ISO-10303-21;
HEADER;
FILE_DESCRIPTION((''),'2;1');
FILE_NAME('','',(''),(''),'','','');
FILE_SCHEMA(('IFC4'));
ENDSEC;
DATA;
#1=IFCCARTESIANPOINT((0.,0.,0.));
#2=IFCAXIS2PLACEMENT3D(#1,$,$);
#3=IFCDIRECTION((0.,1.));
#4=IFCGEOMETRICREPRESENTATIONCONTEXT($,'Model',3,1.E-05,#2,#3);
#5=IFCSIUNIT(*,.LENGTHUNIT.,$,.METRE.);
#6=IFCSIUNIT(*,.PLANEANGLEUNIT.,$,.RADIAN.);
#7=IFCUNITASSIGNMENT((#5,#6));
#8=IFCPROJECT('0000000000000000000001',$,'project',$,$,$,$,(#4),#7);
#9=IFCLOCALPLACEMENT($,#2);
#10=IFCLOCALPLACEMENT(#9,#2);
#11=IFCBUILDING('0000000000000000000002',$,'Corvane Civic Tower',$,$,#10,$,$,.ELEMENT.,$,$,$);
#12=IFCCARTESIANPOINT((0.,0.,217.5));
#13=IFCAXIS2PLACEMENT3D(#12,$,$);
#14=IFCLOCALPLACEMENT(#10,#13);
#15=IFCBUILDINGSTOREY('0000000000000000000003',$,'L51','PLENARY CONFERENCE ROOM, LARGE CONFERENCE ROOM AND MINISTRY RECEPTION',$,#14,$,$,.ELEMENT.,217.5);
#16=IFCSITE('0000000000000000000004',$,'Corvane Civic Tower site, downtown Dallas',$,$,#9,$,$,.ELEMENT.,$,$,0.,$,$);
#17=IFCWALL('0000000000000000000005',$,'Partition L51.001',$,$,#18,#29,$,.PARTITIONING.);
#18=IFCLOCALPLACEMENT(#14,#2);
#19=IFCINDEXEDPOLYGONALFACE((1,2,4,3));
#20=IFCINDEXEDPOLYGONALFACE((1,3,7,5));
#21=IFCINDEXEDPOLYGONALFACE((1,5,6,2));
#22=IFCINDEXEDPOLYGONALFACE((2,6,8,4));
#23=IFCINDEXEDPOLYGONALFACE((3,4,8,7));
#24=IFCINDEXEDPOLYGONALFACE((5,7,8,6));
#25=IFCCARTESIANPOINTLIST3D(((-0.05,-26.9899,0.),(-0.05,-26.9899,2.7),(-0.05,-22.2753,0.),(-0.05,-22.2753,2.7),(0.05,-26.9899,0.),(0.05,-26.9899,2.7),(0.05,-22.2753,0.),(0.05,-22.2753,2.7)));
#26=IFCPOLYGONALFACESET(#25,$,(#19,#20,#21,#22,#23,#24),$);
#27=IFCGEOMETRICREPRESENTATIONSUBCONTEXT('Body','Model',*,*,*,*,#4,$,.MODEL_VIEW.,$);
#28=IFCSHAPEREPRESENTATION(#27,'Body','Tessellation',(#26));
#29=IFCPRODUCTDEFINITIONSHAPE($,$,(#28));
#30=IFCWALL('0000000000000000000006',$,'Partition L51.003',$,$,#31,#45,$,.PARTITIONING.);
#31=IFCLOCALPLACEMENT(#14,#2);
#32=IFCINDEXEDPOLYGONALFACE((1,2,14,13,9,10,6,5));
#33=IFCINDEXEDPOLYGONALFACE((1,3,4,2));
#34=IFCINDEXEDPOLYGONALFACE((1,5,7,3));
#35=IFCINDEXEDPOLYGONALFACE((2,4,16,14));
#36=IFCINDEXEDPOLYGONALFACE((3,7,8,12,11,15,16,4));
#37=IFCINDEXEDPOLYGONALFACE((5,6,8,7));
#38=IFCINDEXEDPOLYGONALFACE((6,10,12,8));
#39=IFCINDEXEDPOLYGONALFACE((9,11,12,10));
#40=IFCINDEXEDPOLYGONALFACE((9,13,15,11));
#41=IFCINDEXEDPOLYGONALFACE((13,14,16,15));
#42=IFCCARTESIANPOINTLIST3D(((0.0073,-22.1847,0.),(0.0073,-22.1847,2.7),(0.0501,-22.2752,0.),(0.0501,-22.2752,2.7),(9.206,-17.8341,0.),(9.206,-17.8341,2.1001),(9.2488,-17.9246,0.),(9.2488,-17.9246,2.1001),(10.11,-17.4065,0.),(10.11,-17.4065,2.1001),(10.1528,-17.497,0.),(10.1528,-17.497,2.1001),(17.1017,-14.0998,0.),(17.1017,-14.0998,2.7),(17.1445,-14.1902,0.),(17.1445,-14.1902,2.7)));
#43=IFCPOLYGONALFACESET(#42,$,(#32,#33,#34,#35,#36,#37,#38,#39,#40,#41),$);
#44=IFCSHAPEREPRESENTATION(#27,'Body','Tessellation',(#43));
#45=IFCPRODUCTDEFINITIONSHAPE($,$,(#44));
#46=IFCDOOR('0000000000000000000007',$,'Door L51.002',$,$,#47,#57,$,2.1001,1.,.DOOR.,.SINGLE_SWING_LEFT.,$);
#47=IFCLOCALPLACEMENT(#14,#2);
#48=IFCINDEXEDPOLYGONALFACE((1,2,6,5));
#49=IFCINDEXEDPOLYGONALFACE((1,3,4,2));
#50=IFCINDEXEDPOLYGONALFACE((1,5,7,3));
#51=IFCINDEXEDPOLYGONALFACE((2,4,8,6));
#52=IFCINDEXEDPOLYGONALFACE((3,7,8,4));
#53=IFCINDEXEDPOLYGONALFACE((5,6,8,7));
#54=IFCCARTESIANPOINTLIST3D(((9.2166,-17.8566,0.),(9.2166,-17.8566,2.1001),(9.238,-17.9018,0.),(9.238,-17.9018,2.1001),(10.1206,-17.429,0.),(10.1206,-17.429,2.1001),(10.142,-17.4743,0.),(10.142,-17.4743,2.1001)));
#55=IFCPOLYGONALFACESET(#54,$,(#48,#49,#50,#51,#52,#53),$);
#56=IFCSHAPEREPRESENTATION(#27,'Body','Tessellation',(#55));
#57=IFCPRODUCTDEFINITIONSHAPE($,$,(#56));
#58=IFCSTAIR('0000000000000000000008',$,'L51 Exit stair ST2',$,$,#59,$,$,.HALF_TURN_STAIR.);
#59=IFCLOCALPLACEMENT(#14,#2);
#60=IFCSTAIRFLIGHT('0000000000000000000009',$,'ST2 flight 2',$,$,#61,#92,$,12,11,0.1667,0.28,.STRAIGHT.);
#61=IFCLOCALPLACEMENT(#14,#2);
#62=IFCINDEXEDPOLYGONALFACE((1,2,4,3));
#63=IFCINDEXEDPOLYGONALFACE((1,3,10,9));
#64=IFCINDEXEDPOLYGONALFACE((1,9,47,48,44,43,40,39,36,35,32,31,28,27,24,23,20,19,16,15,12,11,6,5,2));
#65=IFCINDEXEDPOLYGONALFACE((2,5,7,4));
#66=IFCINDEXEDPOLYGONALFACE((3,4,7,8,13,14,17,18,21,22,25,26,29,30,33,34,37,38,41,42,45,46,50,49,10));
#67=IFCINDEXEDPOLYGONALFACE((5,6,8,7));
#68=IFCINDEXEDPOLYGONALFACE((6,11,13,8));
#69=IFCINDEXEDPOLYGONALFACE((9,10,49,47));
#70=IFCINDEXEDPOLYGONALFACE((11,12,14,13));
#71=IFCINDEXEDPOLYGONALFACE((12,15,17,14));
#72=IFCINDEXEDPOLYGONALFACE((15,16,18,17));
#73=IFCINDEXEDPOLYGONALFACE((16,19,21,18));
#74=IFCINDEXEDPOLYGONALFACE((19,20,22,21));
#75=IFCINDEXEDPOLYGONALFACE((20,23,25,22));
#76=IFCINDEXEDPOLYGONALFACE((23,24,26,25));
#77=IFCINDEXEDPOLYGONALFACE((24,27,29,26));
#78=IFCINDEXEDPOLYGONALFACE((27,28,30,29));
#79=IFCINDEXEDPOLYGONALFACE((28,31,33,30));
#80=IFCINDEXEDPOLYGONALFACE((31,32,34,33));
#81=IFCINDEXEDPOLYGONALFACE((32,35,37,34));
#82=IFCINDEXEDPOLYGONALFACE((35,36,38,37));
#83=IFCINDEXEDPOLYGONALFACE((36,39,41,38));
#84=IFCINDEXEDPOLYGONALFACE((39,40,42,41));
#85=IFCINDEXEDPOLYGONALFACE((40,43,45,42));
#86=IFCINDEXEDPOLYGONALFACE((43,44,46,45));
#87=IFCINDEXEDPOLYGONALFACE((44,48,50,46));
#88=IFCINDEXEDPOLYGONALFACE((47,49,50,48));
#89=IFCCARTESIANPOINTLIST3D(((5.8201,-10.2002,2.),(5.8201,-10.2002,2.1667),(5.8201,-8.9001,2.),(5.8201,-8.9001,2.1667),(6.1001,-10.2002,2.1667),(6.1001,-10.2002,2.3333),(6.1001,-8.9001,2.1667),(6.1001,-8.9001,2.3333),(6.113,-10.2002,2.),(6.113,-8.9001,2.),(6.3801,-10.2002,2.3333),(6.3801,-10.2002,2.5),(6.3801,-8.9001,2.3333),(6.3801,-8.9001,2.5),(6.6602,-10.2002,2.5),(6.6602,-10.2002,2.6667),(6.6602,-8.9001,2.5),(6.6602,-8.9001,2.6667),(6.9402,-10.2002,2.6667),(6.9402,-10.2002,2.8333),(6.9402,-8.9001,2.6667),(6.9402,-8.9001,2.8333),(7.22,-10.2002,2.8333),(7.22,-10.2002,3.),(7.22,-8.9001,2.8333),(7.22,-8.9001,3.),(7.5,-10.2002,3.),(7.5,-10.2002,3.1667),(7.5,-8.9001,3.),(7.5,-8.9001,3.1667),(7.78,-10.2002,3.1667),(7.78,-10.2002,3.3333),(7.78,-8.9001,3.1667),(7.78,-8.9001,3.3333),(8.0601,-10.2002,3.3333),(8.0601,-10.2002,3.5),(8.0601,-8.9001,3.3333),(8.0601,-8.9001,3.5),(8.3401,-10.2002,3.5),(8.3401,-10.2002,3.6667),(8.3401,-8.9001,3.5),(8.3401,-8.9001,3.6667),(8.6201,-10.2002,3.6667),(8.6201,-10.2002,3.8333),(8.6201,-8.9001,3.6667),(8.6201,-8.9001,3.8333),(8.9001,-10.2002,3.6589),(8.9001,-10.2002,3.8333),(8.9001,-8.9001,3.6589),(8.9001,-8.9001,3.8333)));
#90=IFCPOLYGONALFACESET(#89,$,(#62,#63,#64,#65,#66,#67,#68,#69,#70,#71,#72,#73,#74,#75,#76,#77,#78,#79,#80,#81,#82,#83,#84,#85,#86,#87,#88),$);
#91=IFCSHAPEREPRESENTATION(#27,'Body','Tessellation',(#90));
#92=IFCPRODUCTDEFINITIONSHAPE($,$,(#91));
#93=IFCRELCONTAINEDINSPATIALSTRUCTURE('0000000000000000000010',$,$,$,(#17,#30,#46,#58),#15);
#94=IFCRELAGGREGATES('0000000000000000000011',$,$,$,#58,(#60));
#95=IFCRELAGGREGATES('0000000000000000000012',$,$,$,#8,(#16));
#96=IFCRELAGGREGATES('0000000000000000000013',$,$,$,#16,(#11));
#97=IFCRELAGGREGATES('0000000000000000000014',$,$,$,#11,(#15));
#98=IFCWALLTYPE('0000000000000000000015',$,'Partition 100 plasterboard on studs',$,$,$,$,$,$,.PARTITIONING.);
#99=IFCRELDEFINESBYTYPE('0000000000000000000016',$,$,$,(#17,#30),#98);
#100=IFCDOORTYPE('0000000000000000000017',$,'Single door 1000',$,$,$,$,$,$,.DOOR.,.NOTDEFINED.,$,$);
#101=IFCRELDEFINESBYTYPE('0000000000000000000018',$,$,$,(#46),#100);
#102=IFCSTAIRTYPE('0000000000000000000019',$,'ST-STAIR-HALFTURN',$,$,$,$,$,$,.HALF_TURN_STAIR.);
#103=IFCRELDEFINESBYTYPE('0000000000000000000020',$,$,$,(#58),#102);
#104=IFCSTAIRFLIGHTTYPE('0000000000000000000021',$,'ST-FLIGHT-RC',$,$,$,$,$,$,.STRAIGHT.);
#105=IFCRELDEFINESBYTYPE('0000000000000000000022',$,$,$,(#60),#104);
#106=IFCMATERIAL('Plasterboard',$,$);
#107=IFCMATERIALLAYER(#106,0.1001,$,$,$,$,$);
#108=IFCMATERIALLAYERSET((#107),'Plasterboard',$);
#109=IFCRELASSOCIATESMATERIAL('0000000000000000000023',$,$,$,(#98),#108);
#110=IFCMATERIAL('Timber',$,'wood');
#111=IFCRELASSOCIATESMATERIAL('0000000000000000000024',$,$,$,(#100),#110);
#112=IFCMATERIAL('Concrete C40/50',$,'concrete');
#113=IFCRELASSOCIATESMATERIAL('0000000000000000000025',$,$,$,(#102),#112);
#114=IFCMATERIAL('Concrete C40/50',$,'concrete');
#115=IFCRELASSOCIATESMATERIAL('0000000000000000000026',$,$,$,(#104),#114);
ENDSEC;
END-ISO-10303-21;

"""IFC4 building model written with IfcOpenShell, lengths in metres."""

from ifc_helpers import new_model, si_unit, direction, frame, frame_2d, origin, place, context, subcontext, project, spatial, polyline, rectangle, outline, extrude, material, layer, layer_set, type_object, element, fill, aggregate, save


model = new_model("IFC4")

# Units and contexts
model_context = context("Model", 3, precision=1e-05, world=origin(), true_north=direction((0.0, 1.0)))
body_context = subcontext(model_context, "Body", "Model", "MODEL_VIEW")
ifc_project = project(units=[si_unit("LENGTHUNIT", "METRE"), si_unit("PLANEANGLEUNIT", "RADIAN")], contexts=[model_context])

# Site, building, storey
site_placement = place(None, origin())
site = spatial("IfcSite", under=ifc_project, at=site_placement, Name="Corvane Civic Tower site, downtown Dallas", CompositionType="ELEMENT", RefElevation=0.0)
building_placement = place(site_placement, origin())
building = spatial("IfcBuilding", under=site, at=building_placement, Name="Corvane Civic Tower", CompositionType="ELEMENT")
storey_placement = place(building_placement, frame((0.0, 0.0, 217.5)))
storey = spatial("IfcBuildingStorey", under=building, at=storey_placement, Name="L51", Description="PLENARY CONFERENCE ROOM, LARGE CONFERENCE ROOM AND MINISTRY RECEPTION", CompositionType="ELEMENT", Elevation=217.5)

# Wall
ifc_material_1 = material(Name="Plasterboard")
ifc_layer_1 = layer(ifc_material_1, 0.1001)
ifc_layer_set_1 = layer_set([ifc_layer_1], Name="Plasterboard")
wall_type_1 = type_object("IfcWallType", Name="Partition 100 plasterboard on studs", PredefinedType="PARTITIONING", material=ifc_layer_set_1)
wall_1_placement = place(storey_placement, frame((0.0, -26.99, 0.0), z_axis=(0.0, 0.0, 1.0), x_axis=(0.0, 1.0, 0.0)))
element("IfcWall", 1, at=wall_1_placement, inside=storey, type_object=wall_type_1, Name="Partition L51.001", PredefinedType="PARTITIONING", context=body_context, shape_type="SweptSolid", body=[
    extrude(rectangle(XDim=4.7146, YDim=0.1001, at=frame_2d((2.3574, 0.0))), origin(), (0.0, 0.0, 1.0), 2.7),
])

# Wall, opening, door
wall_2_placement = place(storey_placement, frame((0.0286, -22.23, 0.0), z_axis=(0.0, 0.0, 1.0), x_axis=(0.903992, 0.42755, 0.0)))
wall_2 = element("IfcWall", 2, at=wall_2_placement, inside=storey, type_object=wall_type_1, Name="Partition L51.003", PredefinedType="PARTITIONING", context=body_context, shape_type="SweptSolid", body=[
    extrude(rectangle(XDim=18.9099, YDim=0.1001, at=frame_2d((9.4551, 0.0))), origin(), (0.0, 0.0, 1.0), 2.7),
])
opening_1_placement = place(wall_2_placement, frame((10.1758, 0.0, 0.0)))
opening_1 = element("IfcOpeningElement", 3, at=opening_1_placement, cuts=wall_2, PredefinedType="OPENING", context=body_context, shape_type="SweptSolid", body=[
    extrude(rectangle(XDim=1.0, YDim=2.1001, at=frame_2d((0.5, 1.05))), frame((0.0, 0.0601, 0.0), z_axis=(0.0, -1.0, 0.0), x_axis=(1.0, 0.0, 0.0)), (0.0, 0.0, 1.0), 0.1201),
])
ifc_material_2 = material(Name="Timber", Category="wood")
door_type_1 = type_object("IfcDoorType", Name="Single door 1000", OperationType="NOTDEFINED", PredefinedType="DOOR", material=ifc_material_2)
door_1_placement = place(opening_1_placement, frame((1.0, 0.0, 0.0), z_axis=(0.0, 0.0, 1.0), x_axis=(-1.0, 0.0, 0.0)))
door_1 = element("IfcDoor", 4, at=door_1_placement, inside=storey, type_object=door_type_1, Name="Door L51.002", OperationType="SINGLE_SWING_LEFT", OverallHeight=2.1001, OverallWidth=1.0, PredefinedType="DOOR", context=body_context, shape_type="SweptSolid", body=[
    extrude(rectangle(XDim=1.0, YDim=2.1001, at=frame_2d((0.5, 1.05))), frame((0.0, 0.0249, 0.0), z_axis=(0.0, -1.0, 0.0), x_axis=(1.0, 0.0, 0.0)), (0.0, 0.0, 1.0), 0.05),
])
fill(opening_1, door_1)

# Stair, stair flight
ifc_material_3 = material(Name="Concrete C40/50", Category="concrete")
stair_type = type_object("IfcStairType", Name="ST-STAIR-HALFTURN", PredefinedType="HALF_TURN_STAIR", material=ifc_material_3)
stair_placement = place(storey_placement, origin())
stair = element("IfcStair", 5, at=stair_placement, inside=storey, type_object=stair_type, Name="L51 Exit stair ST2", PredefinedType="HALF_TURN_STAIR")
ifc_material_4 = material(Name="Concrete C40/50", Category="concrete")
stair_flight_type = type_object("IfcStairFlightType", Name="ST-FLIGHT-RC", PredefinedType="STRAIGHT", material=ifc_material_4)
stair_flight_placement = place(storey_placement, frame((5.8201, -9.55, 2.0), z_axis=(0.0, 0.0, 1.0), x_axis=(1.0, 0.0, 0.0)))
stair_flight = element("IfcStairFlight", 6, at=stair_flight_placement, type_object=stair_flight_type, Name="ST2 flight 2", NumberOfRisers=12, NumberOfTreads=11, PredefinedType="STRAIGHT", RiserHeight=0.1667, TreadLength=0.28, context=body_context, shape_type="SweptSolid", body=[
    extrude(outline(polyline([(0.0, 0.0), (0.0, 0.1667), (0.28, 0.1667), (0.28, 0.3333), (0.5601, 0.3333), (0.5601, 0.5), (0.8401, 0.5), (0.8401, 0.6667), (1.1201, 0.6667), (1.1201, 0.8333), (1.3999, 0.8333), (1.3999, 1.0), (1.6799, 1.0), (1.6799, 1.1667), (1.96, 1.1667), (1.96, 1.3333), (2.24, 1.3333), (2.24, 1.5), (2.52, 1.5), (2.52, 1.6667), (2.8, 1.6667), (2.8, 1.8333), (3.0801, 1.8333), (3.0801, 2.0), (3.0801, 1.6589), (0.293, 0.0), (0.0, 0.0)])), frame((0.0, 0.6499, 0.0), z_axis=(0.0, -1.0, 0.0), x_axis=(1.0, 0.0, 0.0)), (0.0, 0.0, 1.0), 1.3),
])
aggregate(stair, [stair_flight])

save(model, "model.ifc")
